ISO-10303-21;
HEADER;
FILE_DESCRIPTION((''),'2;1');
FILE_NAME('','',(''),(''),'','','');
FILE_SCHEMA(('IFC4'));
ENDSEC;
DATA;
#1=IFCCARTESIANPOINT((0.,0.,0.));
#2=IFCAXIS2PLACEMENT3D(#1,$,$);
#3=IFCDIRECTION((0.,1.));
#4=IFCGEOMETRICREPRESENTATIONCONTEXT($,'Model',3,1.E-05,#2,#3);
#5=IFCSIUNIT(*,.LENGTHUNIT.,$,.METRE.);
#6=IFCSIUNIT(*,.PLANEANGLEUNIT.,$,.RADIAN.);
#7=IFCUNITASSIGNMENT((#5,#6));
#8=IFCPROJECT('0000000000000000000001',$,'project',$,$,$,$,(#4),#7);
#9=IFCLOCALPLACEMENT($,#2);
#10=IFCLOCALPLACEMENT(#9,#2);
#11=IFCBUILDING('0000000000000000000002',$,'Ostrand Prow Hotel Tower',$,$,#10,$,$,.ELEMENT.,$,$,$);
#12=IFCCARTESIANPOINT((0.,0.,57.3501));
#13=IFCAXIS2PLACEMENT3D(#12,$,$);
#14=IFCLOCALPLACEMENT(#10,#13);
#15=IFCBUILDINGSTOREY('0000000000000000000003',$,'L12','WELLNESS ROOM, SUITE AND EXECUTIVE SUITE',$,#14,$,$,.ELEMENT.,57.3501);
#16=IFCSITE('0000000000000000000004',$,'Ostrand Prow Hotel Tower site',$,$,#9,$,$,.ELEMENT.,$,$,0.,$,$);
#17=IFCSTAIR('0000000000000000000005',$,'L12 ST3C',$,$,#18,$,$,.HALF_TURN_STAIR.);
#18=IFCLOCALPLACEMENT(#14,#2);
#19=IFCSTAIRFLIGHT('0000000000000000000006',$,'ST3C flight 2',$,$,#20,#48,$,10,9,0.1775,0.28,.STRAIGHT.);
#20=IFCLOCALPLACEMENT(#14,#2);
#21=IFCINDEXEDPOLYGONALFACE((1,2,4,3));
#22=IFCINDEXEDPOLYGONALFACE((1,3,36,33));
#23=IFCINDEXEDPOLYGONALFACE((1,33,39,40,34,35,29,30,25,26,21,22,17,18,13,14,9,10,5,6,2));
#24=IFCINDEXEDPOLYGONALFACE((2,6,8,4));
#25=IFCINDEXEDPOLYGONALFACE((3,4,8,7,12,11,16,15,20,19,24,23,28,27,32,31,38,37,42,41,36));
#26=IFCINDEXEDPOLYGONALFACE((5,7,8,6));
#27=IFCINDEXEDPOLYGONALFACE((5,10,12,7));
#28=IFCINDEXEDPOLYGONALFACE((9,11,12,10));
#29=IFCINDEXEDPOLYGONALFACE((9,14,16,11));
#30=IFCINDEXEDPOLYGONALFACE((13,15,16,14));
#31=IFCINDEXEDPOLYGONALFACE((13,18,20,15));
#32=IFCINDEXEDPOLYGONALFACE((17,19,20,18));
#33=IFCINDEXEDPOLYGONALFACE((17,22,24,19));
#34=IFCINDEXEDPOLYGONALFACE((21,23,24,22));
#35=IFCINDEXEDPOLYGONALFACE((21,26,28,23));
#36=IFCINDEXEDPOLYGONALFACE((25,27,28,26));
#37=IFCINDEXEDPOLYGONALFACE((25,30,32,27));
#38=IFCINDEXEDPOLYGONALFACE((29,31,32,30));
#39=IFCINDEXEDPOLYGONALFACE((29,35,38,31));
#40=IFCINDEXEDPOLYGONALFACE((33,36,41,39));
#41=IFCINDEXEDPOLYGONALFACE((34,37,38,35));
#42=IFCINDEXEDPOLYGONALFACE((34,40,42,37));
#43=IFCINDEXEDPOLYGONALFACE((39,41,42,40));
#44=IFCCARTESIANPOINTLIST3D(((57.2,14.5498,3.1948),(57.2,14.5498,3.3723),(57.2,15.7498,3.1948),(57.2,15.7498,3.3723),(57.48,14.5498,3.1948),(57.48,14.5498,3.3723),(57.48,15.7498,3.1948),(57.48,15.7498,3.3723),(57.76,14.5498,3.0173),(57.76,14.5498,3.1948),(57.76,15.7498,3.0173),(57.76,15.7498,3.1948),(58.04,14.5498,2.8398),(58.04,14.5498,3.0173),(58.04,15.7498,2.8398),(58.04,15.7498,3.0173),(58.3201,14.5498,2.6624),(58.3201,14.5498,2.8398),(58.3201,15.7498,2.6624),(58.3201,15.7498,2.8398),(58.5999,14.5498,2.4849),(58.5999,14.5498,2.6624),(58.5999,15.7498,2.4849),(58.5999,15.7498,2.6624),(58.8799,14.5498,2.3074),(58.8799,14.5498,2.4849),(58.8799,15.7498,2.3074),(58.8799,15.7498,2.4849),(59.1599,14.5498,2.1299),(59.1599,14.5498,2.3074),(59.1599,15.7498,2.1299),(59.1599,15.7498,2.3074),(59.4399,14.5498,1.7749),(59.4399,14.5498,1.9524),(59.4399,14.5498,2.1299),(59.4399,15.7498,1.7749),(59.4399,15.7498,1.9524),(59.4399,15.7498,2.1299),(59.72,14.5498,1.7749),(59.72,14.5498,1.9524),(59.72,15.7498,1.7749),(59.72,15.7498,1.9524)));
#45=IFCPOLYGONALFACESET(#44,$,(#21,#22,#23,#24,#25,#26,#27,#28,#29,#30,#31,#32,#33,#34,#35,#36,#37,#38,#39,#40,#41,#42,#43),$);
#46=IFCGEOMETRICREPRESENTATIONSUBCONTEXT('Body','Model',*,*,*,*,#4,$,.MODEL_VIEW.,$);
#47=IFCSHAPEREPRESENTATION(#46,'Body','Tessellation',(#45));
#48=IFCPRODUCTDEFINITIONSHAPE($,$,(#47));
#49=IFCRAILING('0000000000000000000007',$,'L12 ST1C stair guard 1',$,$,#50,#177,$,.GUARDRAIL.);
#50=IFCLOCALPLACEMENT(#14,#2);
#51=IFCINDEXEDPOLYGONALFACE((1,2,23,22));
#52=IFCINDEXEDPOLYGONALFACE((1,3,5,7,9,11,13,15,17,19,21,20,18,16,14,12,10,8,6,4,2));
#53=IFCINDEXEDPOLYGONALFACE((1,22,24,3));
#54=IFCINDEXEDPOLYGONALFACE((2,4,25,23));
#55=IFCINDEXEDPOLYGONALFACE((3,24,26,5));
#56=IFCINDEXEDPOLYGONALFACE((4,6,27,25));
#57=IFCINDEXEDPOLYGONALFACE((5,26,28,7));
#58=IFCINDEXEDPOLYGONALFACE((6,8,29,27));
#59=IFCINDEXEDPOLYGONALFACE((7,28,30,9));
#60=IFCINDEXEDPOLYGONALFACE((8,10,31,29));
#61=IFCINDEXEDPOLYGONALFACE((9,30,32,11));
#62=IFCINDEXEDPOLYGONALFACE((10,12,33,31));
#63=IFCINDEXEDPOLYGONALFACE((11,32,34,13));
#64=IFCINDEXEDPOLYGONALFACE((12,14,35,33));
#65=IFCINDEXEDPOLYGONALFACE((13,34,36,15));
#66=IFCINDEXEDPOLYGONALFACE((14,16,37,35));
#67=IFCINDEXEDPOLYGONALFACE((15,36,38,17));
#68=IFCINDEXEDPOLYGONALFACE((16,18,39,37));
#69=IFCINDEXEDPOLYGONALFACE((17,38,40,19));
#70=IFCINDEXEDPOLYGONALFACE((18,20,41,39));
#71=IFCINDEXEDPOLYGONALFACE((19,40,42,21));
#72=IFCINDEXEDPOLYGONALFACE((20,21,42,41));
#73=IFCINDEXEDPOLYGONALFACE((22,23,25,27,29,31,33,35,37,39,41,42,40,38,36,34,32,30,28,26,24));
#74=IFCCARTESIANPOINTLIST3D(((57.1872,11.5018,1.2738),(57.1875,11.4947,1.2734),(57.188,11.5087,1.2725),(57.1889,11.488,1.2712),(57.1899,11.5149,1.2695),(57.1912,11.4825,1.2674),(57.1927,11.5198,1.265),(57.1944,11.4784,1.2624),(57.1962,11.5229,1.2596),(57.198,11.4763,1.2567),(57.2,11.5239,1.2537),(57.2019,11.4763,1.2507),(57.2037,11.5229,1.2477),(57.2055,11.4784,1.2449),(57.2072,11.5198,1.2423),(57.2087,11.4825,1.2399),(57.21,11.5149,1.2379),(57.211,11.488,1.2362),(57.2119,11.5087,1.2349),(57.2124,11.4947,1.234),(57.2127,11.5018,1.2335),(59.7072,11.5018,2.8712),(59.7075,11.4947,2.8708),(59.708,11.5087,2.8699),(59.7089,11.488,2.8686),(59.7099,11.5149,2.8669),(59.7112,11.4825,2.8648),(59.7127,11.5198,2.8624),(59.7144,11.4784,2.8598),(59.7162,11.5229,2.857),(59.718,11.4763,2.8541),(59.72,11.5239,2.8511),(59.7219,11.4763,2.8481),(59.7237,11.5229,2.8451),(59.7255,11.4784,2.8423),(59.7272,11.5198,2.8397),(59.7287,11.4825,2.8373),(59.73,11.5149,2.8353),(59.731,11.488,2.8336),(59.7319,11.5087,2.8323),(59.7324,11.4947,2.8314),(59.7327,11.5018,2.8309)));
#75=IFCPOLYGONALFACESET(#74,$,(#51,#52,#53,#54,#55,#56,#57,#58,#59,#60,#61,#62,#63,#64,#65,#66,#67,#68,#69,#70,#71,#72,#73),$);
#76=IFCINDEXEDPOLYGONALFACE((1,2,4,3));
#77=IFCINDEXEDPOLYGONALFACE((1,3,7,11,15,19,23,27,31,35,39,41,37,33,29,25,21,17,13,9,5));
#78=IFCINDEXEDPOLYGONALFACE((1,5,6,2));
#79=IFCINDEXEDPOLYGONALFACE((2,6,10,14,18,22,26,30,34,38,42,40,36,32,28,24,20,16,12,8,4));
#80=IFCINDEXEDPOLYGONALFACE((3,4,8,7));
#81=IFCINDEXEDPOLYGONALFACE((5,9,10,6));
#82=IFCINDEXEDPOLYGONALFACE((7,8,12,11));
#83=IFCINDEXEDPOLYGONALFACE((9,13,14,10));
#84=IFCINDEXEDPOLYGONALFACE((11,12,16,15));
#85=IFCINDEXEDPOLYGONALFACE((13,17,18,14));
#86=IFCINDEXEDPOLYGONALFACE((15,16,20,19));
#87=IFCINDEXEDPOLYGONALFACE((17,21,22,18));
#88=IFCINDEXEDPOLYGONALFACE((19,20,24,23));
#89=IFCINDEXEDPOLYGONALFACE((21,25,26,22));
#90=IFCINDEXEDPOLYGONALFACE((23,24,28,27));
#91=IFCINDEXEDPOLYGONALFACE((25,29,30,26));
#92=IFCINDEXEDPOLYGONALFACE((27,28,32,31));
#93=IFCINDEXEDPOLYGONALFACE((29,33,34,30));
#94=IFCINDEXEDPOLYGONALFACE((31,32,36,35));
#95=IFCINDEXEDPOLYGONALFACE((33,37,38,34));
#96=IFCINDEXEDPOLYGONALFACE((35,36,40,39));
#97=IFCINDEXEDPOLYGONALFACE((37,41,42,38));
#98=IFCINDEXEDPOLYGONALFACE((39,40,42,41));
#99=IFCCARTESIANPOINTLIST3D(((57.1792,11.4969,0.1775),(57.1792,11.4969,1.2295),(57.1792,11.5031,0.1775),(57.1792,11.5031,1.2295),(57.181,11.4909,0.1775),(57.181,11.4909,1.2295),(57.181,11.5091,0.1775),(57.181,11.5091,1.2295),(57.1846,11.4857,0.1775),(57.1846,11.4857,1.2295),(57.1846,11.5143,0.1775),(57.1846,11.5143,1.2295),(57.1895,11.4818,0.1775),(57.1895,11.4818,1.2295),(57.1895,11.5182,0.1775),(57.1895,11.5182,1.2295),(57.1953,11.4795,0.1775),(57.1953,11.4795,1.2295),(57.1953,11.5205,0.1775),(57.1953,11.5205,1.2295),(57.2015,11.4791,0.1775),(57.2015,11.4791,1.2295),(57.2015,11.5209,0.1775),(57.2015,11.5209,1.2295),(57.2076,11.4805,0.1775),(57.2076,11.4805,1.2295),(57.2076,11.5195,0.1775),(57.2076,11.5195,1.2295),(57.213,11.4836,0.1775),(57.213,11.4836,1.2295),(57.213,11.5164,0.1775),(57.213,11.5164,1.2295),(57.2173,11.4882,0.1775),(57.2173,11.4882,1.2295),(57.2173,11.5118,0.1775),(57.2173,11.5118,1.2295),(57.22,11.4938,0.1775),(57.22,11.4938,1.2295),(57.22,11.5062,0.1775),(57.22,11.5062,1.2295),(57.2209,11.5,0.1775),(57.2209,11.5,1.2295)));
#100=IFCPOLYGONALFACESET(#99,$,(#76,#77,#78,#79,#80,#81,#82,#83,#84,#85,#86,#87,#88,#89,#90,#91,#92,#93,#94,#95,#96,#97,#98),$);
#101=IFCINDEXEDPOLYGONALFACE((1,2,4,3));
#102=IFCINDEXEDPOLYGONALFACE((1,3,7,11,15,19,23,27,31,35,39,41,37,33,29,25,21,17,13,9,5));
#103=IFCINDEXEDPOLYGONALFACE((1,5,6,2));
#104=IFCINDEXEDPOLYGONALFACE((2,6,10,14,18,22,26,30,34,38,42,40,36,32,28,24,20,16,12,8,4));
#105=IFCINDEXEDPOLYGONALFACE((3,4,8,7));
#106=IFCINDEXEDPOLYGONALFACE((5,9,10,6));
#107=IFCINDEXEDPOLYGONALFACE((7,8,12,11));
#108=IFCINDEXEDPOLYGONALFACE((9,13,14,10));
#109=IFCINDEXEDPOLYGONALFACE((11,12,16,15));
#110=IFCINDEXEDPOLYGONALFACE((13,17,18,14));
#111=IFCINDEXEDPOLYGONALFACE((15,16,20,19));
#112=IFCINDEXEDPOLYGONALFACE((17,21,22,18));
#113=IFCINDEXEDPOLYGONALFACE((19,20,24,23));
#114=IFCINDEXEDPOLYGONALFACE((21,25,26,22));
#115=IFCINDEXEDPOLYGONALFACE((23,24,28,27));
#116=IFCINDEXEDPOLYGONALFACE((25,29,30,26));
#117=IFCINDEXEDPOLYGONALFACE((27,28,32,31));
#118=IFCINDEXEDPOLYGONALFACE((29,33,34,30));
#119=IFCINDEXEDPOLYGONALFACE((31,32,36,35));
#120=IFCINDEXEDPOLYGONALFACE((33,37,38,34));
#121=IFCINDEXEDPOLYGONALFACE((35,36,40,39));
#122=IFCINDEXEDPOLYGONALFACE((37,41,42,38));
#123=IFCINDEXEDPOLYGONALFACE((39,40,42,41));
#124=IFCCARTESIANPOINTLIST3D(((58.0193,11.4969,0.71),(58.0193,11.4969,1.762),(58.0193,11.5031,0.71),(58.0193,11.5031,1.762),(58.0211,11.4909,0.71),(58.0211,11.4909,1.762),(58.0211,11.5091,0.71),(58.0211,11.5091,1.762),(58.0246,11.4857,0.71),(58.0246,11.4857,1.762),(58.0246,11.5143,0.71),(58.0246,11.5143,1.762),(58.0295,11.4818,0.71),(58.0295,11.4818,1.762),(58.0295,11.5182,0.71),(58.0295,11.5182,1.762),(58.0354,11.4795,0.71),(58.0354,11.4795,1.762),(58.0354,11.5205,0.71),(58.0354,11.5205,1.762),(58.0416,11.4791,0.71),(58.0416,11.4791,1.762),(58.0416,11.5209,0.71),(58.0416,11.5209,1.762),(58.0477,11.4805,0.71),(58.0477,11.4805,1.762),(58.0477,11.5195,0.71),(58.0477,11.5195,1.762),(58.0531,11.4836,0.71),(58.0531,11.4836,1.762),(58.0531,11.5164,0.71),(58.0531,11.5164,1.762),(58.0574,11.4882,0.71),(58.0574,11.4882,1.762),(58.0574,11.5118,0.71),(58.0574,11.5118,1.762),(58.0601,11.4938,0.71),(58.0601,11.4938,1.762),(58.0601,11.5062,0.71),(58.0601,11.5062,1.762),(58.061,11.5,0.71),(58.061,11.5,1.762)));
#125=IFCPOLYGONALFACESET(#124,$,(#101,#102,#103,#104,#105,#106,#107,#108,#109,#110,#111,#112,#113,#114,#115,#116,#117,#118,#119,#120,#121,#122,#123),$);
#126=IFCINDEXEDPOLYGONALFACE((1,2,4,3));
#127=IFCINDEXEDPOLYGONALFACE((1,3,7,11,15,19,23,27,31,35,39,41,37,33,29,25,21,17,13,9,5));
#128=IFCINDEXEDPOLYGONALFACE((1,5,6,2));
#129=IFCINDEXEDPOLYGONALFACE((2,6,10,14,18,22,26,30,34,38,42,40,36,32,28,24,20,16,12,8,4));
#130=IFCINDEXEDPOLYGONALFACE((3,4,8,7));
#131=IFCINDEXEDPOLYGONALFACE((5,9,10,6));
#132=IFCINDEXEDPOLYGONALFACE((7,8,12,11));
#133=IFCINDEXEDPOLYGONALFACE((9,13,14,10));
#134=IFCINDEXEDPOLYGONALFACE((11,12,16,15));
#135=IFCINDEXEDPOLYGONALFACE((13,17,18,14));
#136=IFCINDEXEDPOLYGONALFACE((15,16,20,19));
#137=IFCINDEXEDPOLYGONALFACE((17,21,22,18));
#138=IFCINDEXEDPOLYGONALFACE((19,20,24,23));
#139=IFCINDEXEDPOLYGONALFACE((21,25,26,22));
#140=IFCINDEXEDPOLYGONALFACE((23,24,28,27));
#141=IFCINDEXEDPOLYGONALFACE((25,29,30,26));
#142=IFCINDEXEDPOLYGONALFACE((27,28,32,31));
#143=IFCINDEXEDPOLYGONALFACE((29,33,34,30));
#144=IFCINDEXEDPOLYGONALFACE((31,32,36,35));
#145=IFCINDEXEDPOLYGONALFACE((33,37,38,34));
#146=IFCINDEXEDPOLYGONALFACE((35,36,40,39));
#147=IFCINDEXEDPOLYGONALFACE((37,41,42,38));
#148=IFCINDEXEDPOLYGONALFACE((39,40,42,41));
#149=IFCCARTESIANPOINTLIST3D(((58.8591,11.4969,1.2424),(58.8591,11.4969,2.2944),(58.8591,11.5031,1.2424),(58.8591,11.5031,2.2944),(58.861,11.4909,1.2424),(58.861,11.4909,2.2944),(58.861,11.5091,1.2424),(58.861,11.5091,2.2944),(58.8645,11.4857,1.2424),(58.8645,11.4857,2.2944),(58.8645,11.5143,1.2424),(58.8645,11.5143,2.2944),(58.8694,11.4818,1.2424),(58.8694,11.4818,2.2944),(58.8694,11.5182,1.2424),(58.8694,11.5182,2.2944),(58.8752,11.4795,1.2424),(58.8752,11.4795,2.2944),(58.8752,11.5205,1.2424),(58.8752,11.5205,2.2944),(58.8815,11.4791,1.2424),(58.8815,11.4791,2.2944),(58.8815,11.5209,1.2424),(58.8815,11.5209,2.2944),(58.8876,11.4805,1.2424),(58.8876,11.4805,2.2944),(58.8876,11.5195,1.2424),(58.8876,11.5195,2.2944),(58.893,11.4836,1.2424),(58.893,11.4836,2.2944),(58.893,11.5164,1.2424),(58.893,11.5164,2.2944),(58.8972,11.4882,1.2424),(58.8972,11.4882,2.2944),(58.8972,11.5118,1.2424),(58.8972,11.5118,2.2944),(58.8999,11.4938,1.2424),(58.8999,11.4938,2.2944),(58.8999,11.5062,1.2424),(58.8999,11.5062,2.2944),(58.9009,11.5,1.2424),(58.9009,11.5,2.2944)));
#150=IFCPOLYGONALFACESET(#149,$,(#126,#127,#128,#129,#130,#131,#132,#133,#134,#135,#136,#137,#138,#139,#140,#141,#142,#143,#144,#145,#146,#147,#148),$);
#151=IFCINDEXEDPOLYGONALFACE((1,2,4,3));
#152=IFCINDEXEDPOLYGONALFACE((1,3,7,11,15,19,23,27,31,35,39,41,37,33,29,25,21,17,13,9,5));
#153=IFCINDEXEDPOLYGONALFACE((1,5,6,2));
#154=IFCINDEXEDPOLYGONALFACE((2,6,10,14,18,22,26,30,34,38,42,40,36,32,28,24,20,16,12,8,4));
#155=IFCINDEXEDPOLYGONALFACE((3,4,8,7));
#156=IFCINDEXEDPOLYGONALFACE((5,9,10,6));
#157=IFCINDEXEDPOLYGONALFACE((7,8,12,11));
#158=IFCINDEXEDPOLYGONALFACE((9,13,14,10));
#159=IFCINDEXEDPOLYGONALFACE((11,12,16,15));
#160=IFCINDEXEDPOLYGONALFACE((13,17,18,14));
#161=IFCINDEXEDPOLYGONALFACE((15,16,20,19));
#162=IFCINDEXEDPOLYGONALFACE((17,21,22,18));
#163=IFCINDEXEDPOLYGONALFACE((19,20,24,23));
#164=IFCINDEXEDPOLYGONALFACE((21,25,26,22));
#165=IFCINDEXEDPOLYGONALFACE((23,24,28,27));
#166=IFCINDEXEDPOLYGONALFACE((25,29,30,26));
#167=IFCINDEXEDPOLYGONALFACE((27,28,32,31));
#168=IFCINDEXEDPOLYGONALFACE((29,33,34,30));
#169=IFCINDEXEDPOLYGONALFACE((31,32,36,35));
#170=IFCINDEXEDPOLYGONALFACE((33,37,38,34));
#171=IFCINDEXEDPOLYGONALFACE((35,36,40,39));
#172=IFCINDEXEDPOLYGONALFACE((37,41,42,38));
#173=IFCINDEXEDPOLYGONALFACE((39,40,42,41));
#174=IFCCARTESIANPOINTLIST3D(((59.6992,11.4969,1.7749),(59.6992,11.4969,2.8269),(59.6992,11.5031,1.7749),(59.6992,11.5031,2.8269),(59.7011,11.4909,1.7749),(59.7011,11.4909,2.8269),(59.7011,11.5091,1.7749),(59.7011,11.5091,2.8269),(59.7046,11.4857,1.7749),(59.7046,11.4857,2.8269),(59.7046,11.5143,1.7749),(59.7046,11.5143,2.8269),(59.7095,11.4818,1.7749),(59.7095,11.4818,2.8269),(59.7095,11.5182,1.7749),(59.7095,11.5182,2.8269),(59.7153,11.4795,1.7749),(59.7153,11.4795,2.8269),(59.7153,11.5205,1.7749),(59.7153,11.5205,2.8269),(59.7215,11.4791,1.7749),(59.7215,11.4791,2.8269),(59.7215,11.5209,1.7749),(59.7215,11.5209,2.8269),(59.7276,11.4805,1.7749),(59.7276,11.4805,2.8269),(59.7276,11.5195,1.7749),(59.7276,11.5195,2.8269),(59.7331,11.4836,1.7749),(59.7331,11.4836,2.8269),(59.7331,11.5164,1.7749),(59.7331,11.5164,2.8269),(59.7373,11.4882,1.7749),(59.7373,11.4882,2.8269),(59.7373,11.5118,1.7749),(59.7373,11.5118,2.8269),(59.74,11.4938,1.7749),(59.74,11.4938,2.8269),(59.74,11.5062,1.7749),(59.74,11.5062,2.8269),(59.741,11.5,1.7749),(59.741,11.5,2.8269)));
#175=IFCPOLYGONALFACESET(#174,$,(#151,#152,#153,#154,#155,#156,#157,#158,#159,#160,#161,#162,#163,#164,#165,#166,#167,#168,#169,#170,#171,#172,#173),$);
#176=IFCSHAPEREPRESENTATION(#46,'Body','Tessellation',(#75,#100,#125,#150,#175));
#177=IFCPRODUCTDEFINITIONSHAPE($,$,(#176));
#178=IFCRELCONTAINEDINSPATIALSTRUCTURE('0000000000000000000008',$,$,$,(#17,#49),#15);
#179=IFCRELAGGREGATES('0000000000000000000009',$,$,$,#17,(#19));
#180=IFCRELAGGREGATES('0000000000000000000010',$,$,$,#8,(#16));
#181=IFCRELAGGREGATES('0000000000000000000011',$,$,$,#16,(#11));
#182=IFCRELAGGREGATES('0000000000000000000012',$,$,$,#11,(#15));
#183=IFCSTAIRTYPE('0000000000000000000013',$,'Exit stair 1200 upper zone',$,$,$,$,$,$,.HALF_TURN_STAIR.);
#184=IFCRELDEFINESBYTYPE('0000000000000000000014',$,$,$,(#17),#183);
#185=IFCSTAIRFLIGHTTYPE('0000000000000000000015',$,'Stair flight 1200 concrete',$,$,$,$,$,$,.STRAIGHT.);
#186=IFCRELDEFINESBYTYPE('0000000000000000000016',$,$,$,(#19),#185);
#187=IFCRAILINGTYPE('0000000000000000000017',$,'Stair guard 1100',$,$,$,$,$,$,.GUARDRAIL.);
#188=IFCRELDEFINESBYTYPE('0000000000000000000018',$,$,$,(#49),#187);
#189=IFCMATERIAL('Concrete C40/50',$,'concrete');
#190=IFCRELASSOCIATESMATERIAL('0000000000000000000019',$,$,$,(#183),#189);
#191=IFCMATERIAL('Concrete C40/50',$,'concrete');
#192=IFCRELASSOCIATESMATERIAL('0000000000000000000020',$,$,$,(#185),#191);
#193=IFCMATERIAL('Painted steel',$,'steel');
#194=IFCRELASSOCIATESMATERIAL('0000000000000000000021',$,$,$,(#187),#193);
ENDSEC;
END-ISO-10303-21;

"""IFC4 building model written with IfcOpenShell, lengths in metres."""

from ifc_helpers import new_model, si_unit, direction, frame, origin, origin_2d, place, context, subcontext, project, spatial, polyline, circle, outline, extrude, material, type_object, element, aggregate, save


model = new_model("IFC4")

# Units and contexts
model_context = context("Model", 3, precision=1e-05, world=origin(), true_north=direction((0.0, 1.0)))
body_context = subcontext(model_context, "Body", "Model", "MODEL_VIEW")
ifc_project = project(units=[si_unit("LENGTHUNIT", "METRE"), si_unit("PLANEANGLEUNIT", "RADIAN")], contexts=[model_context])

# Site, building, storey
site_placement = place(None, origin())
site = spatial("IfcSite", under=ifc_project, at=site_placement, Name="Ostrand Prow Hotel Tower site", CompositionType="ELEMENT", RefElevation=0.0)
building_placement = place(site_placement, origin())
building = spatial("IfcBuilding", under=site, at=building_placement, Name="Ostrand Prow Hotel Tower", CompositionType="ELEMENT")
storey_placement = place(building_placement, frame((0.0, 0.0, 57.3501)))
storey = spatial("IfcBuildingStorey", under=building, at=storey_placement, Name="L12", Description="WELLNESS ROOM, SUITE AND EXECUTIVE SUITE", CompositionType="ELEMENT", Elevation=57.3501)

# Shared definitions
ifc_material_1 = material(Name="Concrete C40/50", Category="concrete")
stair_type = type_object("IfcStairType", Name="Exit stair 1200 upper zone", PredefinedType="HALF_TURN_STAIR", material=ifc_material_1)
ifc_material_2 = material(Name="Concrete C40/50", Category="concrete")
stair_flight_type = type_object("IfcStairFlightType", Name="Stair flight 1200 concrete", PredefinedType="STRAIGHT", material=ifc_material_2)

# Stair, stair flight
stair_1_placement = place(storey_placement, origin())
stair_1 = element("IfcStair", 1, at=stair_1_placement, inside=storey, type_object=stair_type, Name="L12 ST3C", PredefinedType="HALF_TURN_STAIR")
stair_flight_1_placement = place(storey_placement, frame((59.72, 15.1499, 1.7749), z_axis=(0.0, 0.0, 1.0), x_axis=(-1.0, 0.0, 0.0)))
stair_flight_1 = element("IfcStairFlight", 2, at=stair_flight_1_placement, type_object=stair_flight_type, Name="ST3C flight 2", NumberOfRisers=10, NumberOfTreads=9, PredefinedType="STRAIGHT", RiserHeight=0.1775, TreadLength=0.28, context=body_context, shape_type="SweptSolid", body=[
    extrude(outline(polyline([(0.0, 0.0), (0.0, 0.1775), (0.28, 0.1775), (0.28, 0.355), (0.5601, 0.355), (0.5601, 0.5325), (0.8401, 0.5325), (0.8401, 0.71), (1.1201, 0.71), (1.1201, 0.8875), (1.3999, 0.8875), (1.3999, 1.0649), (1.6799, 1.0649), (1.6799, 1.2424), (1.96, 1.2424), (1.96, 1.4199), (2.24, 1.4199), (2.24, 1.5974), (2.52, 1.5974), (2.52, 1.7749), (2.52, 1.4199), (0.28, 0.0), (0.0, 0.0)])), frame((0.0, 0.6001, 0.0), z_axis=(0.0, -1.0, 0.0), x_axis=(1.0, 0.0, 0.0)), (0.0, 0.0, 1.0), 1.2),
])
aggregate(stair_1, [stair_flight_1])

# Railing
ifc_material_3 = material(Name="Painted steel", Category="steel")
railing_type_1 = type_object("IfcRailingType", Name="Stair guard 1100", PredefinedType="GUARDRAIL", material=ifc_material_3)
railing_1_placement = place(storey_placement, frame((57.2, 11.5, 0.1775)))
element("IfcRailing", 3, at=railing_1_placement, inside=storey, type_object=railing_type_1, Name="L12 ST1C stair guard 1", PredefinedType="GUARDRAIL", context=body_context, shape_type="SweptSolid", body=[
    extrude(circle(Radius=0.0239, at=origin_2d()), frame((0.0, 0.0, 1.0762), z_axis=(0.844607, 0.0, 0.535387), x_axis=(0.0, 1.0, 0.0)), (0.0, 0.0, 1.0), 2.9836),
    extrude(circle(Radius=0.021, at=origin_2d()), origin(), (0.0, 0.0, 1.0), 1.052),
    extrude(circle(Radius=0.021, at=origin_2d()), frame((0.8401, 0.0, 0.5325)), (0.0, 0.0, 1.0), 1.052),
    extrude(circle(Radius=0.021, at=origin_2d()), frame((1.6799, 0.0, 1.0649)), (0.0, 0.0, 1.0), 1.052),
    extrude(circle(Radius=0.021, at=origin_2d()), frame((2.52, 0.0, 1.5974)), (0.0, 0.0, 1.0), 1.052),
])

save(model, "model.ifc")
